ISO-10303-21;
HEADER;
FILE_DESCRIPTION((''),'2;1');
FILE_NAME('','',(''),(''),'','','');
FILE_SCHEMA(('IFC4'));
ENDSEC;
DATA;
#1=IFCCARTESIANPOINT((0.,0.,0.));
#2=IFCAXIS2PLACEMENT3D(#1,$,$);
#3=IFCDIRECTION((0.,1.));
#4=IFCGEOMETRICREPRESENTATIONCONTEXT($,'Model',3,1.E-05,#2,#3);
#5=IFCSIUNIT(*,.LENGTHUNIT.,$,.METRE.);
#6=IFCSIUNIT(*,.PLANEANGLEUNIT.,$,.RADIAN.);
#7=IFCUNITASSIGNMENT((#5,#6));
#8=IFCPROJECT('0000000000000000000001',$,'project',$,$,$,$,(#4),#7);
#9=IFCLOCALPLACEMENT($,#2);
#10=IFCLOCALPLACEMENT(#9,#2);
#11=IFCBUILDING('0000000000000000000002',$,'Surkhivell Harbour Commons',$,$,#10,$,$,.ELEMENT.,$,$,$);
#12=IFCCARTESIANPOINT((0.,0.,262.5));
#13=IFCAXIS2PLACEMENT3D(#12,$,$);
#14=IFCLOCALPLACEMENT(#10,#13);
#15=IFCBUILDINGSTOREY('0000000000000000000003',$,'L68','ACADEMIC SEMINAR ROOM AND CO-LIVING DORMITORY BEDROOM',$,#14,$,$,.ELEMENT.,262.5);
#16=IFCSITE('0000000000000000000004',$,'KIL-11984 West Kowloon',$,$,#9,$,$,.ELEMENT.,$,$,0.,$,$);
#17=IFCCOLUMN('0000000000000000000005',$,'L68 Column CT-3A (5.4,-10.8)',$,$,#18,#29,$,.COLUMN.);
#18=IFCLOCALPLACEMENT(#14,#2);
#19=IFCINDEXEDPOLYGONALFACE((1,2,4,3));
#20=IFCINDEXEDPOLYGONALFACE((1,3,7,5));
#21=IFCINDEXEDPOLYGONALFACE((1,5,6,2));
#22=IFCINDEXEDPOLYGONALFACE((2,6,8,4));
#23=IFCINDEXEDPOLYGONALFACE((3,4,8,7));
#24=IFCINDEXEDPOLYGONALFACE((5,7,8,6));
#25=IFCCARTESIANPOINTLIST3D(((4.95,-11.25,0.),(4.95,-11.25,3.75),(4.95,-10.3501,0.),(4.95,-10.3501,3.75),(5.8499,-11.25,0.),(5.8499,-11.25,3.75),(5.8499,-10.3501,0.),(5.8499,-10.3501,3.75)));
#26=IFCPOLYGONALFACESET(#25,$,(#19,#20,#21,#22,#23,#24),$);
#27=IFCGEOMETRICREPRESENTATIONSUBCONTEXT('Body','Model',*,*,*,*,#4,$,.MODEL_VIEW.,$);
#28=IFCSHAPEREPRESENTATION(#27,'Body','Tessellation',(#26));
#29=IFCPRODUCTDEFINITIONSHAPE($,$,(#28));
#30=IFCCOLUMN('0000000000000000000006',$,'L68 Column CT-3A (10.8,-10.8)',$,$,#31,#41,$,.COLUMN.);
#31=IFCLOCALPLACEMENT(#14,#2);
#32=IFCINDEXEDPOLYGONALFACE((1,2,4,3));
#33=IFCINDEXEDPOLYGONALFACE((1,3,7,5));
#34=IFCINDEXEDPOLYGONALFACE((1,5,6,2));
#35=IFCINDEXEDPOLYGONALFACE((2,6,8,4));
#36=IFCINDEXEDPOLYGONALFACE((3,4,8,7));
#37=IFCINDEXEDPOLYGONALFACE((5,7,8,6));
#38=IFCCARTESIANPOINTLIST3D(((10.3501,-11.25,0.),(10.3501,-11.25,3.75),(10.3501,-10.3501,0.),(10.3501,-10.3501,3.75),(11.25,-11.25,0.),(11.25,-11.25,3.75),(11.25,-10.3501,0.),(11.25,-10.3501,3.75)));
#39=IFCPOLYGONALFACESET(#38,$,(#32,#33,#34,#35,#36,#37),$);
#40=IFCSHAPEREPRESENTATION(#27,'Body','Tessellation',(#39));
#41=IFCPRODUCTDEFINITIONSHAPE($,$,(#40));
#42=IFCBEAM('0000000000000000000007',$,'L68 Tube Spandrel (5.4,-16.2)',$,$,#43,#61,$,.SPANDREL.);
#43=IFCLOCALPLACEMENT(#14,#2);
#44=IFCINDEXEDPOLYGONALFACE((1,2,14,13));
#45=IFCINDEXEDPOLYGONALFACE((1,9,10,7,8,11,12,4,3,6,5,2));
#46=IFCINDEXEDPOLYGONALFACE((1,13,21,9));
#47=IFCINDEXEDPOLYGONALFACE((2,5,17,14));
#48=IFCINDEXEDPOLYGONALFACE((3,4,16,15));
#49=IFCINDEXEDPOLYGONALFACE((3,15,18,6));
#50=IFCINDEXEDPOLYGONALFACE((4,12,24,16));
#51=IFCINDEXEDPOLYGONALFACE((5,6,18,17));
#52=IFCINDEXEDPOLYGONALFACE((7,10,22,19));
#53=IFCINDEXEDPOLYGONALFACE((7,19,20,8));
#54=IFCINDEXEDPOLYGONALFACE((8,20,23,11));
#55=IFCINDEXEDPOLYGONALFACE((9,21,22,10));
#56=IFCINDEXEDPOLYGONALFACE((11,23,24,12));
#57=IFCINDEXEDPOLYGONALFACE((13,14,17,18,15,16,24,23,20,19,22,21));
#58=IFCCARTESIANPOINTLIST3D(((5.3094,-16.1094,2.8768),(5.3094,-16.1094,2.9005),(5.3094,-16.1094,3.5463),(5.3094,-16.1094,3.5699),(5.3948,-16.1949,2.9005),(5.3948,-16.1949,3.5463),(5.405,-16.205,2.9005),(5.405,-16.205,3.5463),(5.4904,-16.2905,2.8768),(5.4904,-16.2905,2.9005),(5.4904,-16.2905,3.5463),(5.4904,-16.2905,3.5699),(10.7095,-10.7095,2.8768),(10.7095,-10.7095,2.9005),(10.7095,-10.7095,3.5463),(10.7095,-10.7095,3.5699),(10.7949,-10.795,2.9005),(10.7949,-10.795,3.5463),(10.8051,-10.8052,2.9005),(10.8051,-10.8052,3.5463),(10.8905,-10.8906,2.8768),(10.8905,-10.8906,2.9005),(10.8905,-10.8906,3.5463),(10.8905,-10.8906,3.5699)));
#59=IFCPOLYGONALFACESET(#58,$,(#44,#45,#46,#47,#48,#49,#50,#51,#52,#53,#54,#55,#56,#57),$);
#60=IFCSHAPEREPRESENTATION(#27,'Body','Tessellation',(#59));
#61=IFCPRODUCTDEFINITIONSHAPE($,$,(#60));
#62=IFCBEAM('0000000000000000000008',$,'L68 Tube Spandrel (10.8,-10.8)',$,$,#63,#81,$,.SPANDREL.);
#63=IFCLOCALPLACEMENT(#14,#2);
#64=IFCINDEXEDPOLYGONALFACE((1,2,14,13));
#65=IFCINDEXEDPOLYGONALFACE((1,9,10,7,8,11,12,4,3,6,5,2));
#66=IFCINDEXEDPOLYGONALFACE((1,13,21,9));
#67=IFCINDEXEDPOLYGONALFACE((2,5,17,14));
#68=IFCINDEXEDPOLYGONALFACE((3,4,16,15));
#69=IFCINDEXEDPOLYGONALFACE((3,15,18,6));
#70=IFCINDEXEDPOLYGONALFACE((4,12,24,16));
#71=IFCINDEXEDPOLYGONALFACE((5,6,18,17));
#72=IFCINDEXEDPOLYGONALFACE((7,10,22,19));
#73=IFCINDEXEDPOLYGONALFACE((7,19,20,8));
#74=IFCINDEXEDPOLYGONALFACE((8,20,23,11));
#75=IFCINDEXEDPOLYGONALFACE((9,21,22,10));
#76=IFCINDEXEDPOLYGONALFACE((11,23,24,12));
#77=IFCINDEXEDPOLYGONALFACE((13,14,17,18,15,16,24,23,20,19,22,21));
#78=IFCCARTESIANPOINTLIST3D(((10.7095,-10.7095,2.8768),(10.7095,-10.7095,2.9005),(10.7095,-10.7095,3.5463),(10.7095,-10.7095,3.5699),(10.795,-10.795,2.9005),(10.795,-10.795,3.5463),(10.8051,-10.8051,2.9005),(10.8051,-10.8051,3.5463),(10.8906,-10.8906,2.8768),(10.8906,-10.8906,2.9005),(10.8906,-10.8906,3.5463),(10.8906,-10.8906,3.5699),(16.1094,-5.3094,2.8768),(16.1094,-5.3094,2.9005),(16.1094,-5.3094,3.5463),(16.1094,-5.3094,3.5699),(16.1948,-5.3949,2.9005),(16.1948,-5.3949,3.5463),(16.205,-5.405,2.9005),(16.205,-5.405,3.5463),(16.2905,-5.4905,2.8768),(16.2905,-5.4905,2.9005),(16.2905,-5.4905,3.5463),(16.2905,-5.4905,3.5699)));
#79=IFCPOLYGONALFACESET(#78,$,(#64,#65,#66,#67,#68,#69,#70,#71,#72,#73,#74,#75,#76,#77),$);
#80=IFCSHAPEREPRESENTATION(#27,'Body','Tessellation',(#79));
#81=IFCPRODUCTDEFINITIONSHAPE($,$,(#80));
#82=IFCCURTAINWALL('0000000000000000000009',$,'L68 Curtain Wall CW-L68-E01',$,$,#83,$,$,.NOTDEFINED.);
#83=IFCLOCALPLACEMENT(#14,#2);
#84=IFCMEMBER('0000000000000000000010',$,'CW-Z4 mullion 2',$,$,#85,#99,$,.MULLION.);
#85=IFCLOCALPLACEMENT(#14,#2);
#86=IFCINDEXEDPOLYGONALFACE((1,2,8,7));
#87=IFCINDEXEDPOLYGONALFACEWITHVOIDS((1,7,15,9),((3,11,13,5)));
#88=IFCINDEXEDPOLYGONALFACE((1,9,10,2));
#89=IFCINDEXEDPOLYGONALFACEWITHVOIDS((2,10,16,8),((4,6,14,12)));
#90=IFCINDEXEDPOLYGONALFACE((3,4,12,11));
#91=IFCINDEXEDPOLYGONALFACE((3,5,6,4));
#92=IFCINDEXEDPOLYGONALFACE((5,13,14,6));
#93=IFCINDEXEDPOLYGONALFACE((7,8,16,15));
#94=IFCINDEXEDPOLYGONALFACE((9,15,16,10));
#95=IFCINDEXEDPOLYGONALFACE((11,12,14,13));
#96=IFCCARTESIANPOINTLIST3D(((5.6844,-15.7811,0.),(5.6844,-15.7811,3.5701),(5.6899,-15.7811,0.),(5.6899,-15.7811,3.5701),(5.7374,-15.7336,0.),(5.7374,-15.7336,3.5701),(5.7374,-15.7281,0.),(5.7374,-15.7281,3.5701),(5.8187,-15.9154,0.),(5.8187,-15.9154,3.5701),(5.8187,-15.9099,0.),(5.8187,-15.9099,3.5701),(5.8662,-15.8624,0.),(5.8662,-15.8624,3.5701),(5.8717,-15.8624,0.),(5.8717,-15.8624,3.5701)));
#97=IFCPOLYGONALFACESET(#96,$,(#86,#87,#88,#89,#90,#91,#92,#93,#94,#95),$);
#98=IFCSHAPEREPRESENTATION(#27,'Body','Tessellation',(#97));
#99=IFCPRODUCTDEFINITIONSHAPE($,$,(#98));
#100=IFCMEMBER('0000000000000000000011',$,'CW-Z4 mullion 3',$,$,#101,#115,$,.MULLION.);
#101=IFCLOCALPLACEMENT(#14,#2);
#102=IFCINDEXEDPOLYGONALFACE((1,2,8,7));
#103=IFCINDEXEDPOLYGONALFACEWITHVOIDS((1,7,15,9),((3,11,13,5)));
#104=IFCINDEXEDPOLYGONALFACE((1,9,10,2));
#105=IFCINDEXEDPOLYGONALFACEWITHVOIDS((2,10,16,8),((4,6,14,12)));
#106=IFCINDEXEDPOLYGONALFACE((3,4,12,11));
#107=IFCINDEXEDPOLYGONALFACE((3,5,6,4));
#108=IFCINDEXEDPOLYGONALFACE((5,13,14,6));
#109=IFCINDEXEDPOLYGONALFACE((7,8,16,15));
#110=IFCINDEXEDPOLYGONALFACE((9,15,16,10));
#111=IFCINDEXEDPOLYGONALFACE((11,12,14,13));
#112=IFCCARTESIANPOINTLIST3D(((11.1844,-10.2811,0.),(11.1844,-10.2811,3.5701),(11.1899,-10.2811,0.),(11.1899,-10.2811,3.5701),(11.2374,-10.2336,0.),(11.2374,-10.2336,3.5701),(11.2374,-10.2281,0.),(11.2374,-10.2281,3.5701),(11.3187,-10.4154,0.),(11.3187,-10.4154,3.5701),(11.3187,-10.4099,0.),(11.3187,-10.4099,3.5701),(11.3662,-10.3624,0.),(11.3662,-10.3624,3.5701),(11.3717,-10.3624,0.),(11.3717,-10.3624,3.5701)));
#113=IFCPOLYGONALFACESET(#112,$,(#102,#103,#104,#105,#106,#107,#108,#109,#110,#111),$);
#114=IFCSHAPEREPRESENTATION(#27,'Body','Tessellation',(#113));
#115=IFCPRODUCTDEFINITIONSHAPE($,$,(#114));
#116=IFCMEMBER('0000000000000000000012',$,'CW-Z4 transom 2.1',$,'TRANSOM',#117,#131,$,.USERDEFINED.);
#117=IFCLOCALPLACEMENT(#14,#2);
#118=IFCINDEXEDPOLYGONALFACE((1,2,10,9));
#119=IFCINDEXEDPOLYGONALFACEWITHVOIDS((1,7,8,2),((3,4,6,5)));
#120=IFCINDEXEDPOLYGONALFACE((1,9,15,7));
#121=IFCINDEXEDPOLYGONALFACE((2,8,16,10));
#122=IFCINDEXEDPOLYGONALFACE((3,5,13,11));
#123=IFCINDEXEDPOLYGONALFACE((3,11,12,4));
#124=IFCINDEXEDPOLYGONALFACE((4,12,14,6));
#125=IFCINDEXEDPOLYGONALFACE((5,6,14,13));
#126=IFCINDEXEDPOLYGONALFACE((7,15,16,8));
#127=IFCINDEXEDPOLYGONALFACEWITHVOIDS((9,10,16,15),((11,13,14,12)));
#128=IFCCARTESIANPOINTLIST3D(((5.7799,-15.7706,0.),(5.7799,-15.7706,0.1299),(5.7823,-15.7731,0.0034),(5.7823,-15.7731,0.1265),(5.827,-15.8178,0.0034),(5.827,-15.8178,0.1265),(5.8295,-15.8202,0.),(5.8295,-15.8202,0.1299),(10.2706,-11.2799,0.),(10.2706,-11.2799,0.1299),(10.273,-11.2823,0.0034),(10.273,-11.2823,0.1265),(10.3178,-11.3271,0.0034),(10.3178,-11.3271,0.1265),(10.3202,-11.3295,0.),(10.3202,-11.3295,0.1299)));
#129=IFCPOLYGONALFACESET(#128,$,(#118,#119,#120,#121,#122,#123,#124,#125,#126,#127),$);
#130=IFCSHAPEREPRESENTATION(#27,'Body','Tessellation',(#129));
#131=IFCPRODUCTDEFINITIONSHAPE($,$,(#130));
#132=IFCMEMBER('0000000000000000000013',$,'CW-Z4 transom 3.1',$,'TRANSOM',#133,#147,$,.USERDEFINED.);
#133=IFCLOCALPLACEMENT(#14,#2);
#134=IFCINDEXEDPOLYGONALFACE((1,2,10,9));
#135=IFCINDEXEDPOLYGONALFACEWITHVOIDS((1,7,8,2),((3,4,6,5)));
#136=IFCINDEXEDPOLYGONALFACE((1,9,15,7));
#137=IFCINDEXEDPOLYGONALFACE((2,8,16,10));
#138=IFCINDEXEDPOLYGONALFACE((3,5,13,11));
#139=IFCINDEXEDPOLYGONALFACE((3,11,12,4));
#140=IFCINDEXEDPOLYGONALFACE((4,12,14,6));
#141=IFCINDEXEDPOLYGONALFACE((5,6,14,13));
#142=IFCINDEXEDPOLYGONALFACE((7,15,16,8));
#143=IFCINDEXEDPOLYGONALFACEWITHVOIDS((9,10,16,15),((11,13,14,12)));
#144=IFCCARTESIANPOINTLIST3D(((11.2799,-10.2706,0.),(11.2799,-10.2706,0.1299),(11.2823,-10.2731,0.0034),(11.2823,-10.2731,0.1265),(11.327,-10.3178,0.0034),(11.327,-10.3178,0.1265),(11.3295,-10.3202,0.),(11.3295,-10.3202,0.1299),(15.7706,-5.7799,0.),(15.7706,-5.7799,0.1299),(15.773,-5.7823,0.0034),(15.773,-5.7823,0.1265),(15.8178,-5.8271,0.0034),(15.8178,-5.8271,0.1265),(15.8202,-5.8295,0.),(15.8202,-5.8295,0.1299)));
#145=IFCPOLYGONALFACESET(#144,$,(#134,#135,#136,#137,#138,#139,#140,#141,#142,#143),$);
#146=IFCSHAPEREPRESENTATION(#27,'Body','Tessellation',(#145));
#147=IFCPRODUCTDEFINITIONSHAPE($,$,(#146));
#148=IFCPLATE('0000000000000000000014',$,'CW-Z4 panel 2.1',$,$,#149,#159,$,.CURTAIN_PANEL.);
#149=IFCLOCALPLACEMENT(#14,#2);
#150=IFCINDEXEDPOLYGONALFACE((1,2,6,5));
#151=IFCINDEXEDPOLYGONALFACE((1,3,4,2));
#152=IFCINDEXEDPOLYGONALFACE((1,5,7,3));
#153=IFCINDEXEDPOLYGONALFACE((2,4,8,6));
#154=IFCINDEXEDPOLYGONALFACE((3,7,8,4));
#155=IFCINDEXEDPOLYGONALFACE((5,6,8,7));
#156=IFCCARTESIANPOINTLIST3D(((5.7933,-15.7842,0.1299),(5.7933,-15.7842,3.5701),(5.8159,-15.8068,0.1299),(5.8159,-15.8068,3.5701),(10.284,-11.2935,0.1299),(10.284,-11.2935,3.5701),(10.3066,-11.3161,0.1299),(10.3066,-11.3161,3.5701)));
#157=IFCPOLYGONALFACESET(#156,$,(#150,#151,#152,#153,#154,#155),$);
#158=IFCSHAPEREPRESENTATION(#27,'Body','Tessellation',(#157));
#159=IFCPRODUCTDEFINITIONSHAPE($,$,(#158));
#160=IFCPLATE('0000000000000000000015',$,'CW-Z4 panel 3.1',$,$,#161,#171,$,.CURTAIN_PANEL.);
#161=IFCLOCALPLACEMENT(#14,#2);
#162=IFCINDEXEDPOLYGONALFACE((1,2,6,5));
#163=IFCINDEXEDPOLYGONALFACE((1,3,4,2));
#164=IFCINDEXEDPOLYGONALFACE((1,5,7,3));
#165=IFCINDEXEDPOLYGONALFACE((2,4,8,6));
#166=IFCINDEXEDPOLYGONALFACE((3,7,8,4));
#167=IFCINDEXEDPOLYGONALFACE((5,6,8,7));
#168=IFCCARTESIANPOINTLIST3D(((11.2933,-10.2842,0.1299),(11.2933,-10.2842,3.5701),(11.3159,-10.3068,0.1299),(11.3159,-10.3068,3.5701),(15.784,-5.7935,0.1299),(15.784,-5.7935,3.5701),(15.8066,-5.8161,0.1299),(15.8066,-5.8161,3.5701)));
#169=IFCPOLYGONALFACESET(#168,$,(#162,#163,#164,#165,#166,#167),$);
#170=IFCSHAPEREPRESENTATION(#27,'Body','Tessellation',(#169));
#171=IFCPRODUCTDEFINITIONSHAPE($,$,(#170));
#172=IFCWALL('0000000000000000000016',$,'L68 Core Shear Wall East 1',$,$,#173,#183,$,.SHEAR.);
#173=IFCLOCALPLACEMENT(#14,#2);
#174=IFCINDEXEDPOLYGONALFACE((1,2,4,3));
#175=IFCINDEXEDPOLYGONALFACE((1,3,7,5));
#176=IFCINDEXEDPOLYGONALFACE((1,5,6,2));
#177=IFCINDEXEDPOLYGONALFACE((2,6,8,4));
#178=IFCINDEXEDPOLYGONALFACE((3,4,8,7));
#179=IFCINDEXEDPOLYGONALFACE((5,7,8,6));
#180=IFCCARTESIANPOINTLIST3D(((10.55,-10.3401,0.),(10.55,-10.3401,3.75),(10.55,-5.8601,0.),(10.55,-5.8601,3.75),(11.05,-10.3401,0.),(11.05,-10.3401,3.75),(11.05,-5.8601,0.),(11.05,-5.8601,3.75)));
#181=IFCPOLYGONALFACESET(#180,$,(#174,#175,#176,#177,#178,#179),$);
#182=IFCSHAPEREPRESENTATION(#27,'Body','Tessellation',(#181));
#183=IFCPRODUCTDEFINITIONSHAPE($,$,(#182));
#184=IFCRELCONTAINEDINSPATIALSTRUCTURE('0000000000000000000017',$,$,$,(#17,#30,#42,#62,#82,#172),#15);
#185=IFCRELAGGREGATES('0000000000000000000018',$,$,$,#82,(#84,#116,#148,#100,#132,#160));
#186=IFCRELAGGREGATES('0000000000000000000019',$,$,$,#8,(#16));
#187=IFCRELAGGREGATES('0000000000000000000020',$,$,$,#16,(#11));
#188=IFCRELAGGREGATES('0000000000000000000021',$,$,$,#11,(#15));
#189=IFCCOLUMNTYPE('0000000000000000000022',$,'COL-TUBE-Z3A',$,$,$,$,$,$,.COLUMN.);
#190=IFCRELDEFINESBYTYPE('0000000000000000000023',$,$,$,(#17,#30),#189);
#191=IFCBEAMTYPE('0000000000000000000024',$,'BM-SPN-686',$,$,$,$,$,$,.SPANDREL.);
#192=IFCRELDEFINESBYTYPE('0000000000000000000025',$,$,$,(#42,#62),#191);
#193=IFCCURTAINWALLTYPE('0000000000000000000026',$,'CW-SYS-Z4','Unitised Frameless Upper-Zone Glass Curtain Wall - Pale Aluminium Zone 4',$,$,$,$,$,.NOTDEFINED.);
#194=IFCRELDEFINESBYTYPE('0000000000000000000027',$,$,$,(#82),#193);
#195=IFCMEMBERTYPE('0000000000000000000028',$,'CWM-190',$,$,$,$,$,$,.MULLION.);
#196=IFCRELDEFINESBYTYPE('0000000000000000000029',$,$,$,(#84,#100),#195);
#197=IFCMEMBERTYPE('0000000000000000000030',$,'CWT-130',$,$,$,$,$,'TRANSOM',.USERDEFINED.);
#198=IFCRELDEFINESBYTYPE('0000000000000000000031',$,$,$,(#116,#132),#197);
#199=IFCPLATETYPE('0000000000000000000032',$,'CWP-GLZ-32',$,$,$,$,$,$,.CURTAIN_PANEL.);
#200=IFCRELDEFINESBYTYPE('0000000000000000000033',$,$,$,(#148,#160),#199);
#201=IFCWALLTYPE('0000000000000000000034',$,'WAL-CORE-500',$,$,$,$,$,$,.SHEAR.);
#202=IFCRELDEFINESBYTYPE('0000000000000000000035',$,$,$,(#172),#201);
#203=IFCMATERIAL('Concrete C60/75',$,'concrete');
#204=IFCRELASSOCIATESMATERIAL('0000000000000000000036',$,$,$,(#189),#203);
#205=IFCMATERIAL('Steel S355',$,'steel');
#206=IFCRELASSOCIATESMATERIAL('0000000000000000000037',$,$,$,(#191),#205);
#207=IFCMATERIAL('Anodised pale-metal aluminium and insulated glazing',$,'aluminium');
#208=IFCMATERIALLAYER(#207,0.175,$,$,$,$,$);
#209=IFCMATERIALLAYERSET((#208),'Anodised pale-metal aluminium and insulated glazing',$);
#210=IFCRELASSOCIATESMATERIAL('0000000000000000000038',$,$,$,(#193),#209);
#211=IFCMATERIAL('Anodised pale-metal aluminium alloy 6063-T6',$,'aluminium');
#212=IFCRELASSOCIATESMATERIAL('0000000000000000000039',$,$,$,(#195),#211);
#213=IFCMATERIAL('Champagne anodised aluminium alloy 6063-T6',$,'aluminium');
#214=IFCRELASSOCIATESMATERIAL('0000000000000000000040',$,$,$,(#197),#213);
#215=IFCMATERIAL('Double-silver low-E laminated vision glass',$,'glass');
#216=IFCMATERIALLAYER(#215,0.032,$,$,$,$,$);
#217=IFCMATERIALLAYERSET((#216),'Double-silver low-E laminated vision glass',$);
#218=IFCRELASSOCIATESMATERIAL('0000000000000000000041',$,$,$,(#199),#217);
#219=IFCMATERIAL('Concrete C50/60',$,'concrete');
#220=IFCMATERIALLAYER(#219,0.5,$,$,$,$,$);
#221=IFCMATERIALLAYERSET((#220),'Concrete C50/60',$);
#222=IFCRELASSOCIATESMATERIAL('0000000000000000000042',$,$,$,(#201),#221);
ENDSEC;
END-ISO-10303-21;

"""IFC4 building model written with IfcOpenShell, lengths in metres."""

from ifc_helpers import new_model, si_unit, direction, frame, frame_2d, origin, origin_2d, place, context, subcontext, project, spatial, rectangle, hollow_rectangle, i_section, extrude, material, layer, layer_set, material_profile, profile_set, type_object, element, aggregate, save


model = new_model("IFC4")

# Units and contexts
model_context = context("Model", 3, precision=1e-05, world=origin(), true_north=direction((0.0, 1.0)))
body_context = subcontext(model_context, "Body", "Model", "MODEL_VIEW")
ifc_project = project(units=[si_unit("LENGTHUNIT", "METRE"), si_unit("PLANEANGLEUNIT", "RADIAN")], contexts=[model_context])

# Site, building, storey
site_placement = place(None, origin())
site = spatial("IfcSite", under=ifc_project, at=site_placement, Name="KIL-11984 West Kowloon", CompositionType="ELEMENT", RefElevation=0.0)
building_placement = place(site_placement, origin())
building = spatial("IfcBuilding", under=site, at=building_placement, Name="Surkhivell Harbour Commons", CompositionType="ELEMENT")
storey_placement = place(building_placement, frame((0.0, 0.0, 262.5)))
storey = spatial("IfcBuildingStorey", under=building, at=storey_placement, Name="L68", Description="ACADEMIC SEMINAR ROOM AND CO-LIVING DORMITORY BEDROOM", CompositionType="ELEMENT", Elevation=262.5)

# Columns
ifc_material_1 = material(Name="Concrete C60/75", Category="concrete")
ifc_material_profile_1 = material_profile(ifc_material_1, rectangle(XDim=0.8999, YDim=0.8999, at=origin_2d()), Name="RC-COL-900x900")
ifc_profile_set_1 = profile_set([ifc_material_profile_1], Name="Concrete C60/75")
column_type = type_object("IfcColumnType", Name="COL-TUBE-Z3A", PredefinedType="COLUMN", material=ifc_profile_set_1)
for number, where, z_axis, x_axis, name in (
    (1, (5.3999, -10.8, 0.0), (0.0, 0.0, 1.0), (1.0, 0.0, 0.0), "L68 Column CT-3A (5.4,-10.8)"),
    (2, (10.8, -10.8, 0.0), (0.0, 0.0, 1.0), (1.0, 0.0, 0.0), "L68 Column CT-3A (10.8,-10.8)"),
):
    element("IfcColumn", number, at=place(storey_placement, frame(where, z_axis=z_axis, x_axis=x_axis)), inside=storey, type_object=column_type, Name=name, PredefinedType="COLUMN", context=body_context, shape_type="SweptSolid", body=[
        extrude(rectangle(XDim=0.8999, YDim=0.8999, at=origin_2d()), origin(), (0.0, 0.0, 1.0), 3.75),
    ])

# Beams
ifc_material_2 = material(Name="Steel S355", Category="steel")
ifc_material_profile_2 = material_profile(ifc_material_2, i_section(OverallWidth=0.2561, OverallDepth=0.6931, WebThickness=0.0144, FlangeThickness=0.0237, at=origin_2d()), Name="UB686x254x170")
ifc_profile_set_2 = profile_set([ifc_material_profile_2], Name="Steel S355")
beam_type = type_object("IfcBeamType", Name="BM-SPN-686", PredefinedType="SPANDREL", material=ifc_profile_set_2)
for number, where, z_axis, x_axis, name in (
    (3, (5.3999, -16.2, 3.2234), (0.707123, 0.707091, 0.0), (-0.707091, 0.707123, 0.0), "L68 Tube Spandrel (5.4,-16.2)"),
    (4, (10.8, -10.8, 3.2234), (0.707091, 0.707123, 0.0), (-0.707123, 0.707091, 0.0), "L68 Tube Spandrel (10.8,-10.8)"),
):
    element("IfcBeam", number, at=place(storey_placement, frame(where, z_axis=z_axis, x_axis=x_axis)), inside=storey, type_object=beam_type, Name=name, PredefinedType="SPANDREL", context=body_context, shape_type="SweptSolid", body=[
        extrude(i_section(OverallWidth=0.2561, OverallDepth=0.6931, WebThickness=0.0144, FlangeThickness=0.0237, at=origin_2d()), origin(), (0.0, 0.0, 1.0), 7.6367),
    ])

# Curtain wall, members, plates
ifc_material_3 = material(Name="Anodised pale-metal aluminium and insulated glazing", Category="aluminium")
ifc_layer_1 = layer(ifc_material_3, 0.175)
ifc_layer_set_1 = layer_set([ifc_layer_1], Name="Anodised pale-metal aluminium and insulated glazing")
curtain_wall_type = type_object("IfcCurtainWallType", Name="CW-SYS-Z4", Description="Unitised Frameless Upper-Zone Glass Curtain Wall - Pale Aluminium Zone 4", PredefinedType="NOTDEFINED", material=ifc_layer_set_1)
curtain_wall_placement = place(storey_placement, origin())
curtain_wall = element("IfcCurtainWall", 5, at=curtain_wall_placement, inside=storey, type_object=curtain_wall_type, Name="L68 Curtain Wall CW-L68-E01", PredefinedType="NOTDEFINED")
ifc_material_4 = material(Name="Anodised pale-metal aluminium alloy 6063-T6", Category="aluminium")
ifc_material_profile_3 = material_profile(ifc_material_4, hollow_rectangle(XDim=0.075, YDim=0.1899, WallThickness=0.0039, at=origin_2d()), Name="ALU-MULL-75x190")
ifc_profile_set_3 = profile_set([ifc_material_profile_3], Name="Anodised pale-metal aluminium alloy 6063-T6")
member_type_1 = type_object("IfcMemberType", Name="CWM-190", PredefinedType="MULLION", material=ifc_profile_set_3)
member_1_placement = place(storey_placement, frame((5.7781, -15.8218, 0.0), z_axis=(0.0, 0.0, 1.0), x_axis=(0.707107, 0.707107, 0.0)))
member_1 = element("IfcMember", 6, at=member_1_placement, type_object=member_type_1, Name="CW-Z4 mullion 2", PredefinedType="MULLION", context=body_context, shape_type="SweptSolid", body=[
    extrude(hollow_rectangle(XDim=0.075, YDim=0.1899, WallThickness=0.0039, at=origin_2d()), origin(), (0.0, 0.0, 1.0), 3.5701),
])
member_2_placement = place(storey_placement, frame((11.2781, -10.3218, 0.0), z_axis=(0.0, 0.0, 1.0), x_axis=(0.707107, 0.707107, 0.0)))
member_2 = element("IfcMember", 7, at=member_2_placement, type_object=member_type_1, Name="CW-Z4 mullion 3", PredefinedType="MULLION", context=body_context, shape_type="SweptSolid", body=[
    extrude(hollow_rectangle(XDim=0.075, YDim=0.1899, WallThickness=0.0039, at=origin_2d()), origin(), (0.0, 0.0, 1.0), 3.5701),
])
ifc_material_5 = material(Name="Champagne anodised aluminium alloy 6063-T6", Category="aluminium")
ifc_material_profile_4 = material_profile(ifc_material_5, hollow_rectangle(XDim=0.0701, YDim=0.1299, WallThickness=0.0034, at=origin_2d()), Name="ALU-TRAN-70x130")
ifc_profile_set_4 = profile_set([ifc_material_profile_4], Name="Champagne anodised aluminium alloy 6063-T6")
member_type_2 = type_object("IfcMemberType", Name="CWT-130", ElementType="TRANSOM", PredefinedType="USERDEFINED", material=ifc_profile_set_4)
member_3_placement = place(storey_placement, frame((5.8047, -15.7954, 0.0649), z_axis=(0.707107, 0.707107, 0.0), x_axis=(-0.707107, 0.707107, 0.0)))
member_3 = element("IfcMember", 8, at=member_3_placement, type_object=member_type_2, Name="CW-Z4 transom 2.1", ObjectType="TRANSOM", PredefinedType="USERDEFINED", context=body_context, shape_type="SweptSolid", body=[
    extrude(hollow_rectangle(XDim=0.0701, YDim=0.1299, WallThickness=0.0034, at=origin_2d()), origin(), (0.0, 0.0, 1.0), 6.3508),
])
member_4_placement = place(storey_placement, frame((11.3047, -10.2954, 0.0649), z_axis=(0.707107, 0.707107, 0.0), x_axis=(-0.707107, 0.707107, 0.0)))
member_4 = element("IfcMember", 9, at=member_4_placement, type_object=member_type_2, Name="CW-Z4 transom 3.1", ObjectType="TRANSOM", PredefinedType="USERDEFINED", context=body_context, shape_type="SweptSolid", body=[
    extrude(hollow_rectangle(XDim=0.0701, YDim=0.1299, WallThickness=0.0034, at=origin_2d()), origin(), (0.0, 0.0, 1.0), 6.3508),
])
ifc_material_6 = material(Name="Double-silver low-E laminated vision glass", Category="glass")
ifc_layer_2 = layer(ifc_material_6, 0.032)
ifc_layer_set_2 = layer_set([ifc_layer_2], Name="Double-silver low-E laminated vision glass")
plate_type = type_object("IfcPlateType", Name="CWP-GLZ-32", PredefinedType="CURTAIN_PANEL", material=ifc_layer_set_2)
plate_1_placement = place(storey_placement, frame((5.8047, -15.7954, 0.1299), z_axis=(0.0, 0.0, 1.0), x_axis=(0.707107, 0.707107, 0.0)))
plate_1 = element("IfcPlate", 10, at=plate_1_placement, type_object=plate_type, Name="CW-Z4 panel 2.1", PredefinedType="CURTAIN_PANEL", context=body_context, shape_type="SweptSolid", body=[
    extrude(rectangle(XDim=6.3508, YDim=0.032, at=frame_2d((3.1753, 0.0))), origin(), (0.0, 0.0, 1.0), 3.4402),
])
plate_2_placement = place(storey_placement, frame((11.3047, -10.2954, 0.1299), z_axis=(0.0, 0.0, 1.0), x_axis=(0.707107, 0.707107, 0.0)))
plate_2 = element("IfcPlate", 11, at=plate_2_placement, type_object=plate_type, Name="CW-Z4 panel 3.1", PredefinedType="CURTAIN_PANEL", context=body_context, shape_type="SweptSolid", body=[
    extrude(rectangle(XDim=6.3508, YDim=0.032, at=frame_2d((3.1753, 0.0))), origin(), (0.0, 0.0, 1.0), 3.4402),
])
aggregate(curtain_wall, [member_1, member_3, plate_1, member_2, member_4, plate_2])

# Wall
ifc_material_7 = material(Name="Concrete C50/60", Category="concrete")
ifc_layer_3 = layer(ifc_material_7, 0.5)
ifc_layer_set_3 = layer_set([ifc_layer_3], Name="Concrete C50/60")
wall_type_1 = type_object("IfcWallType", Name="WAL-CORE-500", PredefinedType="SHEAR", material=ifc_layer_set_3)
for number, where, z_axis, x_axis, name in (
    (12, (10.8, -10.3401, 0.0), (0.0, 0.0, 1.0), (0.0, 1.0, 0.0), "L68 Core Shear Wall East 1"),
):
    element("IfcWall", number, at=place(storey_placement, frame(where, z_axis=z_axis, x_axis=x_axis)), inside=storey, type_object=wall_type_1, Name=name, PredefinedType="SHEAR", context=body_context, shape_type="SweptSolid", body=[
        extrude(rectangle(XDim=4.48, YDim=0.5, at=frame_2d((2.24, 0.0))), origin(), (0.0, 0.0, 1.0), 3.75),
    ])

save(model, "model.ifc")
